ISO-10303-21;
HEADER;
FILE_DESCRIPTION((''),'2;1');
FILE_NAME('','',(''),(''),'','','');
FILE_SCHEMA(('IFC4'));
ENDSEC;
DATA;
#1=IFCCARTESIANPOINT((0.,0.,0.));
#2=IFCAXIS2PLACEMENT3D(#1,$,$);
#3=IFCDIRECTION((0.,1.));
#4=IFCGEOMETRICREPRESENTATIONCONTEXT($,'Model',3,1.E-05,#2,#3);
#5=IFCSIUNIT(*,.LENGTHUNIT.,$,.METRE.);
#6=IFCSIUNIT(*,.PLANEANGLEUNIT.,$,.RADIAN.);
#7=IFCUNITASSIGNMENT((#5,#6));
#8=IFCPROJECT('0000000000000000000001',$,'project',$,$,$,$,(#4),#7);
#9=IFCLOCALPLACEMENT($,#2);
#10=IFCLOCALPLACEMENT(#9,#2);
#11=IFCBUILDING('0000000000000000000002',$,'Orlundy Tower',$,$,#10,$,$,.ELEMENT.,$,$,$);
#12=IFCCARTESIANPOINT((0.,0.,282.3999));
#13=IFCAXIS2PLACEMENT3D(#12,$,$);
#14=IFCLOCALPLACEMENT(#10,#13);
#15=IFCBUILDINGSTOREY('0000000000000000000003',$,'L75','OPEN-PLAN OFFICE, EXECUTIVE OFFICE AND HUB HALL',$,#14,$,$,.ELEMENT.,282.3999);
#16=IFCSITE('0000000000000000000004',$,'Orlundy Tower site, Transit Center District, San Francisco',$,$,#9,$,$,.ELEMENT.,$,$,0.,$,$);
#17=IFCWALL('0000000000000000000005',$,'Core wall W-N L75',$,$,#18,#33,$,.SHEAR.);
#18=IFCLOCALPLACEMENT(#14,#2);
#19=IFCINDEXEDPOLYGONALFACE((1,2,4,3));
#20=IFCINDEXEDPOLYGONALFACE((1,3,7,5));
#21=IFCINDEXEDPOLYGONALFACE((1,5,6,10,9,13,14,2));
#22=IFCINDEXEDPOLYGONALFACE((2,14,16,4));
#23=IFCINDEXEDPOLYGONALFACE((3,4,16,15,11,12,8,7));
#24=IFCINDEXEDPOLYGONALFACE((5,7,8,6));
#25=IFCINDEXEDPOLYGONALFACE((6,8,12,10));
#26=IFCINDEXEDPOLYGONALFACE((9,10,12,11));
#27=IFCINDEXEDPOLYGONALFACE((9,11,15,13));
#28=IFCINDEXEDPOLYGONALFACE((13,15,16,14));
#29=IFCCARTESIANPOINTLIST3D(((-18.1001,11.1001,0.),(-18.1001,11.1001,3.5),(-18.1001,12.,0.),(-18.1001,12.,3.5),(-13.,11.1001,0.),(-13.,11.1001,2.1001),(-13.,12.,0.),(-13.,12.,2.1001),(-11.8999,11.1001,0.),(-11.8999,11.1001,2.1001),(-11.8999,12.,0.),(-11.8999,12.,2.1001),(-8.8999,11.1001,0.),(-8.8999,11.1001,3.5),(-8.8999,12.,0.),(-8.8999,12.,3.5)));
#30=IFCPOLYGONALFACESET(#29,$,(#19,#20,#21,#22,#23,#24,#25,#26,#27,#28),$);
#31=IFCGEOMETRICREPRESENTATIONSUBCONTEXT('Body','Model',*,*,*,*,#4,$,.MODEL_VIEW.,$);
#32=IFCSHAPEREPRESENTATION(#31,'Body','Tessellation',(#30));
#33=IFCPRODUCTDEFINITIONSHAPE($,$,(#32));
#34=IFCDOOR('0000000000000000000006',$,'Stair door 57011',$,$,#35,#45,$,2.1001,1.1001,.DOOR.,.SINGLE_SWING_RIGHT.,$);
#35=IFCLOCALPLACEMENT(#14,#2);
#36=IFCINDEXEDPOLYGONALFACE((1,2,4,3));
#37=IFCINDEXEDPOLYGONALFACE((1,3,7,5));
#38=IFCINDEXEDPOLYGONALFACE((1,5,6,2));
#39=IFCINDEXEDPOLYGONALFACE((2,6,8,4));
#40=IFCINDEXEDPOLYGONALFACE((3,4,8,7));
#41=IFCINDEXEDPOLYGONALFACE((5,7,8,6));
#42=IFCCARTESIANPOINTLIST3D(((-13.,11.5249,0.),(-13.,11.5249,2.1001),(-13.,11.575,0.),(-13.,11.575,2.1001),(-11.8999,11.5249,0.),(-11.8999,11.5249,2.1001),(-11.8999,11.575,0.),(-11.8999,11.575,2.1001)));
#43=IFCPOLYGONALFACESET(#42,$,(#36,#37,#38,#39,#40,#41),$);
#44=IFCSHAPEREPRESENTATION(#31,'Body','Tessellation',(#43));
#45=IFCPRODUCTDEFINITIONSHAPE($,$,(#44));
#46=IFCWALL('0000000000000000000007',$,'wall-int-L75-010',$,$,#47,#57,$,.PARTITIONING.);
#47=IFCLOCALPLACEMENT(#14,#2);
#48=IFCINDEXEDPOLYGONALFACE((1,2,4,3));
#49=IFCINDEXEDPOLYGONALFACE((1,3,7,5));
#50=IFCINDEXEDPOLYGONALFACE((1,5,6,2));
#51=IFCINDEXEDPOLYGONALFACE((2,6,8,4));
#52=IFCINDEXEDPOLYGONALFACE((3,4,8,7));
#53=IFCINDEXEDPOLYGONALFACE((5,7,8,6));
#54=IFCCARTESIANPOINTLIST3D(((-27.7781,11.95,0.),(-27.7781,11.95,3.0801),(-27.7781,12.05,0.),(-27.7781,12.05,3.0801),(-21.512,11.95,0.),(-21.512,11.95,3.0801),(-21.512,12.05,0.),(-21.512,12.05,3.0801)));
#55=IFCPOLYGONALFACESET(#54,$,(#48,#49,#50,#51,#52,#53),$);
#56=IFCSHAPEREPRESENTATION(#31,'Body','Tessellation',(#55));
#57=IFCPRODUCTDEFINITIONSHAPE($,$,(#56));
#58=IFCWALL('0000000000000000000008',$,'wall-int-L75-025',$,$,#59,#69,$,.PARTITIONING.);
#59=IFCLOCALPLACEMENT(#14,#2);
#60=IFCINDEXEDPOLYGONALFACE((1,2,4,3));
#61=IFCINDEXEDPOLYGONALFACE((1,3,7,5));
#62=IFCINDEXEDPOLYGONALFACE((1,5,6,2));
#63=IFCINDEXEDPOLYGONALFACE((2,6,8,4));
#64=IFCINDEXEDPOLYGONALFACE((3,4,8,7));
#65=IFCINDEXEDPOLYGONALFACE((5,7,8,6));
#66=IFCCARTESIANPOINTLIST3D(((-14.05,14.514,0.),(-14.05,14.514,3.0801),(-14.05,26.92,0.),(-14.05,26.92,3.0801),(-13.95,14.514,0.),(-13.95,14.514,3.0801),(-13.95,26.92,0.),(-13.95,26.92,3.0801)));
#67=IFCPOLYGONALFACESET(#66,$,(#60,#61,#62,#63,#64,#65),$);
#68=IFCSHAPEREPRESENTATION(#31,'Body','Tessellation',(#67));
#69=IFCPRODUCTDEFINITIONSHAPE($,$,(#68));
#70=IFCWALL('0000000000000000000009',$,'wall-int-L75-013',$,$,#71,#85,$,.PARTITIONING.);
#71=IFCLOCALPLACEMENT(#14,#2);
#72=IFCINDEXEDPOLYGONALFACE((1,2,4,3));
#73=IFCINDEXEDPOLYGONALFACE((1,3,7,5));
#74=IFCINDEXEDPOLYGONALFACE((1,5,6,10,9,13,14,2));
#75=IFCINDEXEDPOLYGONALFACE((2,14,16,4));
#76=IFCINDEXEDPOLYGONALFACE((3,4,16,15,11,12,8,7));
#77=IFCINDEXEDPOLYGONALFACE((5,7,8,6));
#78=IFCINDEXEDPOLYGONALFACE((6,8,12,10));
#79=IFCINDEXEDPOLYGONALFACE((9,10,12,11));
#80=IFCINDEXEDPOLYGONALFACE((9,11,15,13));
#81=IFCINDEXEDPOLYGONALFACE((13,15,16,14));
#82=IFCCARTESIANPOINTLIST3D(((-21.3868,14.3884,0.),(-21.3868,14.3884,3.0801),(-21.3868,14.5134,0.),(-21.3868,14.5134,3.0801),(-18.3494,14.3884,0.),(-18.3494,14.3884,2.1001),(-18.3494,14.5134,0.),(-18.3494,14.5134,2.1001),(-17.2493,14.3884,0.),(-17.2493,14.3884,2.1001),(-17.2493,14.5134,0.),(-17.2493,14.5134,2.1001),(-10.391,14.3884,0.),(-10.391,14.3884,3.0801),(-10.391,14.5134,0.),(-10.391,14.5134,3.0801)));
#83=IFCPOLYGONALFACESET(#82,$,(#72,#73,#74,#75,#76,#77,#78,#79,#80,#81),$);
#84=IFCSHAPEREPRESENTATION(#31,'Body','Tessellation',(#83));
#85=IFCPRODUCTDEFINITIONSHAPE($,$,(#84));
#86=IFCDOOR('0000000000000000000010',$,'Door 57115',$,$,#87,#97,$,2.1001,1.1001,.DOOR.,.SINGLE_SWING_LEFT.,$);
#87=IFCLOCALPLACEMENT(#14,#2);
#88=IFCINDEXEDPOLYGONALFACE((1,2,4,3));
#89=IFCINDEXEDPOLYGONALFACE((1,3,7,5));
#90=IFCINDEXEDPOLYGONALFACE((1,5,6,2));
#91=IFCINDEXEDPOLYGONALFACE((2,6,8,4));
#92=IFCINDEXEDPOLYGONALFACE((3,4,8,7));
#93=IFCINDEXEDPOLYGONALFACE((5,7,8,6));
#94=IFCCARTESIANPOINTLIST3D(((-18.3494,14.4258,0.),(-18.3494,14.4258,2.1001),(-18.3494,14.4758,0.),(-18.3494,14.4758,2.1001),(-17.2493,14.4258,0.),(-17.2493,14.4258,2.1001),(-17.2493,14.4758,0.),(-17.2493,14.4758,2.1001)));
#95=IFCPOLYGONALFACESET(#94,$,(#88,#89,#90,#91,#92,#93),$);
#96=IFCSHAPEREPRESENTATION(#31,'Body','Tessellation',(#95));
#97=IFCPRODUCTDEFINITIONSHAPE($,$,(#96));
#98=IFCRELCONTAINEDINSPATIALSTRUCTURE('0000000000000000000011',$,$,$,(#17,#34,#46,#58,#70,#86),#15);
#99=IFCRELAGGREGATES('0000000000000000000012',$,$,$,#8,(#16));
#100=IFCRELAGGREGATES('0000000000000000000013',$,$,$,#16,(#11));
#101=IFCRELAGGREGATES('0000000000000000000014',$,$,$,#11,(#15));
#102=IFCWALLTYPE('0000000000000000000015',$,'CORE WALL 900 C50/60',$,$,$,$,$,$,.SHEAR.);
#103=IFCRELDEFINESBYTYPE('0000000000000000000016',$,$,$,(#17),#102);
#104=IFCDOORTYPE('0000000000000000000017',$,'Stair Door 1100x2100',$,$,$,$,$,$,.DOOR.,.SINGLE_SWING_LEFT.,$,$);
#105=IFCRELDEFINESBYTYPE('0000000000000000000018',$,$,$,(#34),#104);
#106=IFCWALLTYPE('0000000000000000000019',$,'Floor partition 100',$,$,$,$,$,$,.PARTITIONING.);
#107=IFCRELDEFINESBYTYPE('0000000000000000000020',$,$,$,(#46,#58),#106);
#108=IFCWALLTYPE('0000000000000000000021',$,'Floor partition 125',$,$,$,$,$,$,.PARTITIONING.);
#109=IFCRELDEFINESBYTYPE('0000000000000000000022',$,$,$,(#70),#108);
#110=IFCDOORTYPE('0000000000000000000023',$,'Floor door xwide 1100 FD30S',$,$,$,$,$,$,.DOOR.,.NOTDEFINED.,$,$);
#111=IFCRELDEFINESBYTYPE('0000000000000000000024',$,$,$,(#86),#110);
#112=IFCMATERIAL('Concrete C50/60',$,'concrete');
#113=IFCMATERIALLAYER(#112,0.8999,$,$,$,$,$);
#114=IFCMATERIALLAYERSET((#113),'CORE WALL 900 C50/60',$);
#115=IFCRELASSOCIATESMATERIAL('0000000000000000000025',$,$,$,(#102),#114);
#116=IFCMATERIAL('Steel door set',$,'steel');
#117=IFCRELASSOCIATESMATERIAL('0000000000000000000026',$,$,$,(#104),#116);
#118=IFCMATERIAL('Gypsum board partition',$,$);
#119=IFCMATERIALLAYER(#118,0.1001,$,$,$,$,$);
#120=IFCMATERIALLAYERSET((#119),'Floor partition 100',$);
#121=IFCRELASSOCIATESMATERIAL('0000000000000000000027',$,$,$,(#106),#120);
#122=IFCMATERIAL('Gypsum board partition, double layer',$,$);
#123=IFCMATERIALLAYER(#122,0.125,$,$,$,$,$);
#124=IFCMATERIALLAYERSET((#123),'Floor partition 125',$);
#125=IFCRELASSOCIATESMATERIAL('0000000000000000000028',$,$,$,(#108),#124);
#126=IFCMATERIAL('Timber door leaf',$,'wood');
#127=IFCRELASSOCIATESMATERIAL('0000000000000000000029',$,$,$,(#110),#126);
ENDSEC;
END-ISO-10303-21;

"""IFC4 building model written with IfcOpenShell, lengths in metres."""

from ifc_helpers import new_model, si_unit, direction, frame, frame_2d, origin, place, context, subcontext, project, spatial, rectangle, extrude, material, layer, layer_set, type_object, element, fill, save


model = new_model("IFC4")

# Units and contexts
model_context = context("Model", 3, precision=1e-05, world=origin(), true_north=direction((0.0, 1.0)))
body_context = subcontext(model_context, "Body", "Model", "MODEL_VIEW")
ifc_project = project(units=[si_unit("LENGTHUNIT", "METRE"), si_unit("PLANEANGLEUNIT", "RADIAN")], contexts=[model_context])

# Site, building, storey
site_placement = place(None, origin())
site = spatial("IfcSite", under=ifc_project, at=site_placement, Name="Orlundy Tower site, Transit Center District, San Francisco", CompositionType="ELEMENT", RefElevation=0.0)
building_placement = place(site_placement, origin())
building = spatial("IfcBuilding", under=site, at=building_placement, Name="Orlundy Tower", CompositionType="ELEMENT")
storey_placement = place(building_placement, frame((0.0, 0.0, 282.3999)))
storey = spatial("IfcBuildingStorey", under=building, at=storey_placement, Name="L75", Description="OPEN-PLAN OFFICE, EXECUTIVE OFFICE AND HUB HALL", CompositionType="ELEMENT", Elevation=282.3999)

# Wall, opening, door
ifc_material_1 = material(Name="Concrete C50/60", Category="concrete")
ifc_layer_1 = layer(ifc_material_1, 0.8999)
ifc_layer_set_1 = layer_set([ifc_layer_1], Name="CORE WALL 900 C50/60")
wall_type_1 = type_object("IfcWallType", Name="CORE WALL 900 C50/60", PredefinedType="SHEAR", material=ifc_layer_set_1)
wall_1_placement = place(storey_placement, frame((-18.1001, 11.55, 0.0), z_axis=(0.0, 0.0, 1.0), x_axis=(1.0, 0.0, 0.0)))
wall_1 = element("IfcWall", 1, at=wall_1_placement, inside=storey, type_object=wall_type_1, Name="Core wall W-N L75", PredefinedType="SHEAR", context=body_context, shape_type="SweptSolid", body=[
    extrude(rectangle(XDim=9.2002, YDim=0.8999, at=frame_2d((4.6001, 0.0))), origin(), (0.0, 0.0, 1.0), 3.5),
])
opening_1_placement = place(wall_1_placement, frame((5.1001, 0.0, 0.0)))
opening_1 = element("IfcOpeningElement", 2, at=opening_1_placement, cuts=wall_1, PredefinedType="OPENING", context=body_context, shape_type="SweptSolid", body=[
    extrude(rectangle(XDim=1.1001, YDim=2.1001, at=frame_2d((0.55, 1.05))), frame((0.0, 0.46, 0.0), z_axis=(0.0, -1.0, 0.0), x_axis=(1.0, 0.0, 0.0)), (0.0, 0.0, 1.0), 0.9199),
])
ifc_material_2 = material(Name="Steel door set", Category="steel")
door_type_1 = type_object("IfcDoorType", Name="Stair Door 1100x2100", OperationType="SINGLE_SWING_LEFT", PredefinedType="DOOR", material=ifc_material_2)
door_1_placement = place(opening_1_placement, origin())
door_1 = element("IfcDoor", 3, at=door_1_placement, inside=storey, type_object=door_type_1, Name="Stair door 57011", OperationType="SINGLE_SWING_RIGHT", OverallHeight=2.1001, OverallWidth=1.1001, PredefinedType="DOOR", context=body_context, shape_type="SweptSolid", body=[
    extrude(rectangle(XDim=1.1001, YDim=2.1001, at=frame_2d((0.55, 1.05))), frame((0.0, 0.0249, 0.0), z_axis=(0.0, -1.0, 0.0), x_axis=(1.0, 0.0, 0.0)), (0.0, 0.0, 1.0), 0.05),
])
fill(opening_1, door_1)

# Walls
ifc_material_3 = material(Name="Gypsum board partition")
ifc_layer_2 = layer(ifc_material_3, 0.1001)
ifc_layer_set_2 = layer_set([ifc_layer_2], Name="Floor partition 100")
wall_type_2 = type_object("IfcWallType", Name="Floor partition 100", PredefinedType="PARTITIONING", material=ifc_layer_set_2)
wall_2_placement = place(storey_placement, frame((-27.7781, 12.0, 0.0), z_axis=(0.0, 0.0, 1.0), x_axis=(1.0, 0.0, 0.0)))
element("IfcWall", 4, at=wall_2_placement, inside=storey, type_object=wall_type_2, Name="wall-int-L75-010", PredefinedType="PARTITIONING", context=body_context, shape_type="SweptSolid", body=[
    extrude(rectangle(XDim=6.2661, YDim=0.1001, at=frame_2d((3.1331, 0.0))), origin(), (0.0, 0.0, 1.0), 3.0801),
])
wall_3_placement = place(storey_placement, frame((-14.0, 14.5139, 0.0), z_axis=(0.0, 0.0, 1.0), x_axis=(0.0, 1.0, 0.0)))
element("IfcWall", 5, at=wall_3_placement, inside=storey, type_object=wall_type_2, Name="wall-int-L75-025", PredefinedType="PARTITIONING", context=body_context, shape_type="SweptSolid", body=[
    extrude(rectangle(XDim=12.406, YDim=0.1001, at=frame_2d((6.2031, 0.0))), origin(), (0.0, 0.0, 1.0), 3.0801),
])

# Wall, opening, door
ifc_material_4 = material(Name="Gypsum board partition, double layer")
ifc_layer_3 = layer(ifc_material_4, 0.125)
ifc_layer_set_3 = layer_set([ifc_layer_3], Name="Floor partition 125")
wall_type_3 = type_object("IfcWallType", Name="Floor partition 125", PredefinedType="PARTITIONING", material=ifc_layer_set_3)
wall_4_placement = place(storey_placement, frame((-21.387, 14.4509, 0.0), z_axis=(0.0, 0.0, 1.0), x_axis=(1.0, 0.0, 0.0)))
wall_4 = element("IfcWall", 6, at=wall_4_placement, inside=storey, type_object=wall_type_3, Name="wall-int-L75-013", PredefinedType="PARTITIONING", context=body_context, shape_type="SweptSolid", body=[
    extrude(rectangle(XDim=10.9958, YDim=0.125, at=frame_2d((5.498, 0.0))), origin(), (0.0, 0.0, 1.0), 3.0801),
])
opening_2_placement = place(wall_4_placement, frame((3.0376, 0.0, 0.0)))
opening_2 = element("IfcOpeningElement", 7, at=opening_2_placement, cuts=wall_4, PredefinedType="OPENING", context=body_context, shape_type="SweptSolid", body=[
    extrude(rectangle(XDim=1.1001, YDim=2.1001, at=frame_2d((0.55, 1.05))), frame((0.0, 0.0725, 0.0), z_axis=(0.0, -1.0, 0.0), x_axis=(1.0, 0.0, 0.0)), (0.0, 0.0, 1.0), 0.145),
])
ifc_material_5 = material(Name="Timber door leaf", Category="wood")
door_type_2 = type_object("IfcDoorType", Name="Floor door xwide 1100 FD30S", OperationType="NOTDEFINED", PredefinedType="DOOR", material=ifc_material_5)
door_2_placement = place(opening_2_placement, origin())
door_2 = element("IfcDoor", 8, at=door_2_placement, inside=storey, type_object=door_type_2, Name="Door 57115", OperationType="SINGLE_SWING_LEFT", OverallHeight=2.1001, OverallWidth=1.1001, PredefinedType="DOOR", context=body_context, shape_type="SweptSolid", body=[
    extrude(rectangle(XDim=1.1001, YDim=2.1001, at=frame_2d((0.55, 1.05))), frame((0.0, 0.0249, 0.0), z_axis=(0.0, -1.0, 0.0), x_axis=(1.0, 0.0, 0.0)), (0.0, 0.0, 1.0), 0.05),
])
fill(opening_2, door_2)

save(model, "model.ifc")
